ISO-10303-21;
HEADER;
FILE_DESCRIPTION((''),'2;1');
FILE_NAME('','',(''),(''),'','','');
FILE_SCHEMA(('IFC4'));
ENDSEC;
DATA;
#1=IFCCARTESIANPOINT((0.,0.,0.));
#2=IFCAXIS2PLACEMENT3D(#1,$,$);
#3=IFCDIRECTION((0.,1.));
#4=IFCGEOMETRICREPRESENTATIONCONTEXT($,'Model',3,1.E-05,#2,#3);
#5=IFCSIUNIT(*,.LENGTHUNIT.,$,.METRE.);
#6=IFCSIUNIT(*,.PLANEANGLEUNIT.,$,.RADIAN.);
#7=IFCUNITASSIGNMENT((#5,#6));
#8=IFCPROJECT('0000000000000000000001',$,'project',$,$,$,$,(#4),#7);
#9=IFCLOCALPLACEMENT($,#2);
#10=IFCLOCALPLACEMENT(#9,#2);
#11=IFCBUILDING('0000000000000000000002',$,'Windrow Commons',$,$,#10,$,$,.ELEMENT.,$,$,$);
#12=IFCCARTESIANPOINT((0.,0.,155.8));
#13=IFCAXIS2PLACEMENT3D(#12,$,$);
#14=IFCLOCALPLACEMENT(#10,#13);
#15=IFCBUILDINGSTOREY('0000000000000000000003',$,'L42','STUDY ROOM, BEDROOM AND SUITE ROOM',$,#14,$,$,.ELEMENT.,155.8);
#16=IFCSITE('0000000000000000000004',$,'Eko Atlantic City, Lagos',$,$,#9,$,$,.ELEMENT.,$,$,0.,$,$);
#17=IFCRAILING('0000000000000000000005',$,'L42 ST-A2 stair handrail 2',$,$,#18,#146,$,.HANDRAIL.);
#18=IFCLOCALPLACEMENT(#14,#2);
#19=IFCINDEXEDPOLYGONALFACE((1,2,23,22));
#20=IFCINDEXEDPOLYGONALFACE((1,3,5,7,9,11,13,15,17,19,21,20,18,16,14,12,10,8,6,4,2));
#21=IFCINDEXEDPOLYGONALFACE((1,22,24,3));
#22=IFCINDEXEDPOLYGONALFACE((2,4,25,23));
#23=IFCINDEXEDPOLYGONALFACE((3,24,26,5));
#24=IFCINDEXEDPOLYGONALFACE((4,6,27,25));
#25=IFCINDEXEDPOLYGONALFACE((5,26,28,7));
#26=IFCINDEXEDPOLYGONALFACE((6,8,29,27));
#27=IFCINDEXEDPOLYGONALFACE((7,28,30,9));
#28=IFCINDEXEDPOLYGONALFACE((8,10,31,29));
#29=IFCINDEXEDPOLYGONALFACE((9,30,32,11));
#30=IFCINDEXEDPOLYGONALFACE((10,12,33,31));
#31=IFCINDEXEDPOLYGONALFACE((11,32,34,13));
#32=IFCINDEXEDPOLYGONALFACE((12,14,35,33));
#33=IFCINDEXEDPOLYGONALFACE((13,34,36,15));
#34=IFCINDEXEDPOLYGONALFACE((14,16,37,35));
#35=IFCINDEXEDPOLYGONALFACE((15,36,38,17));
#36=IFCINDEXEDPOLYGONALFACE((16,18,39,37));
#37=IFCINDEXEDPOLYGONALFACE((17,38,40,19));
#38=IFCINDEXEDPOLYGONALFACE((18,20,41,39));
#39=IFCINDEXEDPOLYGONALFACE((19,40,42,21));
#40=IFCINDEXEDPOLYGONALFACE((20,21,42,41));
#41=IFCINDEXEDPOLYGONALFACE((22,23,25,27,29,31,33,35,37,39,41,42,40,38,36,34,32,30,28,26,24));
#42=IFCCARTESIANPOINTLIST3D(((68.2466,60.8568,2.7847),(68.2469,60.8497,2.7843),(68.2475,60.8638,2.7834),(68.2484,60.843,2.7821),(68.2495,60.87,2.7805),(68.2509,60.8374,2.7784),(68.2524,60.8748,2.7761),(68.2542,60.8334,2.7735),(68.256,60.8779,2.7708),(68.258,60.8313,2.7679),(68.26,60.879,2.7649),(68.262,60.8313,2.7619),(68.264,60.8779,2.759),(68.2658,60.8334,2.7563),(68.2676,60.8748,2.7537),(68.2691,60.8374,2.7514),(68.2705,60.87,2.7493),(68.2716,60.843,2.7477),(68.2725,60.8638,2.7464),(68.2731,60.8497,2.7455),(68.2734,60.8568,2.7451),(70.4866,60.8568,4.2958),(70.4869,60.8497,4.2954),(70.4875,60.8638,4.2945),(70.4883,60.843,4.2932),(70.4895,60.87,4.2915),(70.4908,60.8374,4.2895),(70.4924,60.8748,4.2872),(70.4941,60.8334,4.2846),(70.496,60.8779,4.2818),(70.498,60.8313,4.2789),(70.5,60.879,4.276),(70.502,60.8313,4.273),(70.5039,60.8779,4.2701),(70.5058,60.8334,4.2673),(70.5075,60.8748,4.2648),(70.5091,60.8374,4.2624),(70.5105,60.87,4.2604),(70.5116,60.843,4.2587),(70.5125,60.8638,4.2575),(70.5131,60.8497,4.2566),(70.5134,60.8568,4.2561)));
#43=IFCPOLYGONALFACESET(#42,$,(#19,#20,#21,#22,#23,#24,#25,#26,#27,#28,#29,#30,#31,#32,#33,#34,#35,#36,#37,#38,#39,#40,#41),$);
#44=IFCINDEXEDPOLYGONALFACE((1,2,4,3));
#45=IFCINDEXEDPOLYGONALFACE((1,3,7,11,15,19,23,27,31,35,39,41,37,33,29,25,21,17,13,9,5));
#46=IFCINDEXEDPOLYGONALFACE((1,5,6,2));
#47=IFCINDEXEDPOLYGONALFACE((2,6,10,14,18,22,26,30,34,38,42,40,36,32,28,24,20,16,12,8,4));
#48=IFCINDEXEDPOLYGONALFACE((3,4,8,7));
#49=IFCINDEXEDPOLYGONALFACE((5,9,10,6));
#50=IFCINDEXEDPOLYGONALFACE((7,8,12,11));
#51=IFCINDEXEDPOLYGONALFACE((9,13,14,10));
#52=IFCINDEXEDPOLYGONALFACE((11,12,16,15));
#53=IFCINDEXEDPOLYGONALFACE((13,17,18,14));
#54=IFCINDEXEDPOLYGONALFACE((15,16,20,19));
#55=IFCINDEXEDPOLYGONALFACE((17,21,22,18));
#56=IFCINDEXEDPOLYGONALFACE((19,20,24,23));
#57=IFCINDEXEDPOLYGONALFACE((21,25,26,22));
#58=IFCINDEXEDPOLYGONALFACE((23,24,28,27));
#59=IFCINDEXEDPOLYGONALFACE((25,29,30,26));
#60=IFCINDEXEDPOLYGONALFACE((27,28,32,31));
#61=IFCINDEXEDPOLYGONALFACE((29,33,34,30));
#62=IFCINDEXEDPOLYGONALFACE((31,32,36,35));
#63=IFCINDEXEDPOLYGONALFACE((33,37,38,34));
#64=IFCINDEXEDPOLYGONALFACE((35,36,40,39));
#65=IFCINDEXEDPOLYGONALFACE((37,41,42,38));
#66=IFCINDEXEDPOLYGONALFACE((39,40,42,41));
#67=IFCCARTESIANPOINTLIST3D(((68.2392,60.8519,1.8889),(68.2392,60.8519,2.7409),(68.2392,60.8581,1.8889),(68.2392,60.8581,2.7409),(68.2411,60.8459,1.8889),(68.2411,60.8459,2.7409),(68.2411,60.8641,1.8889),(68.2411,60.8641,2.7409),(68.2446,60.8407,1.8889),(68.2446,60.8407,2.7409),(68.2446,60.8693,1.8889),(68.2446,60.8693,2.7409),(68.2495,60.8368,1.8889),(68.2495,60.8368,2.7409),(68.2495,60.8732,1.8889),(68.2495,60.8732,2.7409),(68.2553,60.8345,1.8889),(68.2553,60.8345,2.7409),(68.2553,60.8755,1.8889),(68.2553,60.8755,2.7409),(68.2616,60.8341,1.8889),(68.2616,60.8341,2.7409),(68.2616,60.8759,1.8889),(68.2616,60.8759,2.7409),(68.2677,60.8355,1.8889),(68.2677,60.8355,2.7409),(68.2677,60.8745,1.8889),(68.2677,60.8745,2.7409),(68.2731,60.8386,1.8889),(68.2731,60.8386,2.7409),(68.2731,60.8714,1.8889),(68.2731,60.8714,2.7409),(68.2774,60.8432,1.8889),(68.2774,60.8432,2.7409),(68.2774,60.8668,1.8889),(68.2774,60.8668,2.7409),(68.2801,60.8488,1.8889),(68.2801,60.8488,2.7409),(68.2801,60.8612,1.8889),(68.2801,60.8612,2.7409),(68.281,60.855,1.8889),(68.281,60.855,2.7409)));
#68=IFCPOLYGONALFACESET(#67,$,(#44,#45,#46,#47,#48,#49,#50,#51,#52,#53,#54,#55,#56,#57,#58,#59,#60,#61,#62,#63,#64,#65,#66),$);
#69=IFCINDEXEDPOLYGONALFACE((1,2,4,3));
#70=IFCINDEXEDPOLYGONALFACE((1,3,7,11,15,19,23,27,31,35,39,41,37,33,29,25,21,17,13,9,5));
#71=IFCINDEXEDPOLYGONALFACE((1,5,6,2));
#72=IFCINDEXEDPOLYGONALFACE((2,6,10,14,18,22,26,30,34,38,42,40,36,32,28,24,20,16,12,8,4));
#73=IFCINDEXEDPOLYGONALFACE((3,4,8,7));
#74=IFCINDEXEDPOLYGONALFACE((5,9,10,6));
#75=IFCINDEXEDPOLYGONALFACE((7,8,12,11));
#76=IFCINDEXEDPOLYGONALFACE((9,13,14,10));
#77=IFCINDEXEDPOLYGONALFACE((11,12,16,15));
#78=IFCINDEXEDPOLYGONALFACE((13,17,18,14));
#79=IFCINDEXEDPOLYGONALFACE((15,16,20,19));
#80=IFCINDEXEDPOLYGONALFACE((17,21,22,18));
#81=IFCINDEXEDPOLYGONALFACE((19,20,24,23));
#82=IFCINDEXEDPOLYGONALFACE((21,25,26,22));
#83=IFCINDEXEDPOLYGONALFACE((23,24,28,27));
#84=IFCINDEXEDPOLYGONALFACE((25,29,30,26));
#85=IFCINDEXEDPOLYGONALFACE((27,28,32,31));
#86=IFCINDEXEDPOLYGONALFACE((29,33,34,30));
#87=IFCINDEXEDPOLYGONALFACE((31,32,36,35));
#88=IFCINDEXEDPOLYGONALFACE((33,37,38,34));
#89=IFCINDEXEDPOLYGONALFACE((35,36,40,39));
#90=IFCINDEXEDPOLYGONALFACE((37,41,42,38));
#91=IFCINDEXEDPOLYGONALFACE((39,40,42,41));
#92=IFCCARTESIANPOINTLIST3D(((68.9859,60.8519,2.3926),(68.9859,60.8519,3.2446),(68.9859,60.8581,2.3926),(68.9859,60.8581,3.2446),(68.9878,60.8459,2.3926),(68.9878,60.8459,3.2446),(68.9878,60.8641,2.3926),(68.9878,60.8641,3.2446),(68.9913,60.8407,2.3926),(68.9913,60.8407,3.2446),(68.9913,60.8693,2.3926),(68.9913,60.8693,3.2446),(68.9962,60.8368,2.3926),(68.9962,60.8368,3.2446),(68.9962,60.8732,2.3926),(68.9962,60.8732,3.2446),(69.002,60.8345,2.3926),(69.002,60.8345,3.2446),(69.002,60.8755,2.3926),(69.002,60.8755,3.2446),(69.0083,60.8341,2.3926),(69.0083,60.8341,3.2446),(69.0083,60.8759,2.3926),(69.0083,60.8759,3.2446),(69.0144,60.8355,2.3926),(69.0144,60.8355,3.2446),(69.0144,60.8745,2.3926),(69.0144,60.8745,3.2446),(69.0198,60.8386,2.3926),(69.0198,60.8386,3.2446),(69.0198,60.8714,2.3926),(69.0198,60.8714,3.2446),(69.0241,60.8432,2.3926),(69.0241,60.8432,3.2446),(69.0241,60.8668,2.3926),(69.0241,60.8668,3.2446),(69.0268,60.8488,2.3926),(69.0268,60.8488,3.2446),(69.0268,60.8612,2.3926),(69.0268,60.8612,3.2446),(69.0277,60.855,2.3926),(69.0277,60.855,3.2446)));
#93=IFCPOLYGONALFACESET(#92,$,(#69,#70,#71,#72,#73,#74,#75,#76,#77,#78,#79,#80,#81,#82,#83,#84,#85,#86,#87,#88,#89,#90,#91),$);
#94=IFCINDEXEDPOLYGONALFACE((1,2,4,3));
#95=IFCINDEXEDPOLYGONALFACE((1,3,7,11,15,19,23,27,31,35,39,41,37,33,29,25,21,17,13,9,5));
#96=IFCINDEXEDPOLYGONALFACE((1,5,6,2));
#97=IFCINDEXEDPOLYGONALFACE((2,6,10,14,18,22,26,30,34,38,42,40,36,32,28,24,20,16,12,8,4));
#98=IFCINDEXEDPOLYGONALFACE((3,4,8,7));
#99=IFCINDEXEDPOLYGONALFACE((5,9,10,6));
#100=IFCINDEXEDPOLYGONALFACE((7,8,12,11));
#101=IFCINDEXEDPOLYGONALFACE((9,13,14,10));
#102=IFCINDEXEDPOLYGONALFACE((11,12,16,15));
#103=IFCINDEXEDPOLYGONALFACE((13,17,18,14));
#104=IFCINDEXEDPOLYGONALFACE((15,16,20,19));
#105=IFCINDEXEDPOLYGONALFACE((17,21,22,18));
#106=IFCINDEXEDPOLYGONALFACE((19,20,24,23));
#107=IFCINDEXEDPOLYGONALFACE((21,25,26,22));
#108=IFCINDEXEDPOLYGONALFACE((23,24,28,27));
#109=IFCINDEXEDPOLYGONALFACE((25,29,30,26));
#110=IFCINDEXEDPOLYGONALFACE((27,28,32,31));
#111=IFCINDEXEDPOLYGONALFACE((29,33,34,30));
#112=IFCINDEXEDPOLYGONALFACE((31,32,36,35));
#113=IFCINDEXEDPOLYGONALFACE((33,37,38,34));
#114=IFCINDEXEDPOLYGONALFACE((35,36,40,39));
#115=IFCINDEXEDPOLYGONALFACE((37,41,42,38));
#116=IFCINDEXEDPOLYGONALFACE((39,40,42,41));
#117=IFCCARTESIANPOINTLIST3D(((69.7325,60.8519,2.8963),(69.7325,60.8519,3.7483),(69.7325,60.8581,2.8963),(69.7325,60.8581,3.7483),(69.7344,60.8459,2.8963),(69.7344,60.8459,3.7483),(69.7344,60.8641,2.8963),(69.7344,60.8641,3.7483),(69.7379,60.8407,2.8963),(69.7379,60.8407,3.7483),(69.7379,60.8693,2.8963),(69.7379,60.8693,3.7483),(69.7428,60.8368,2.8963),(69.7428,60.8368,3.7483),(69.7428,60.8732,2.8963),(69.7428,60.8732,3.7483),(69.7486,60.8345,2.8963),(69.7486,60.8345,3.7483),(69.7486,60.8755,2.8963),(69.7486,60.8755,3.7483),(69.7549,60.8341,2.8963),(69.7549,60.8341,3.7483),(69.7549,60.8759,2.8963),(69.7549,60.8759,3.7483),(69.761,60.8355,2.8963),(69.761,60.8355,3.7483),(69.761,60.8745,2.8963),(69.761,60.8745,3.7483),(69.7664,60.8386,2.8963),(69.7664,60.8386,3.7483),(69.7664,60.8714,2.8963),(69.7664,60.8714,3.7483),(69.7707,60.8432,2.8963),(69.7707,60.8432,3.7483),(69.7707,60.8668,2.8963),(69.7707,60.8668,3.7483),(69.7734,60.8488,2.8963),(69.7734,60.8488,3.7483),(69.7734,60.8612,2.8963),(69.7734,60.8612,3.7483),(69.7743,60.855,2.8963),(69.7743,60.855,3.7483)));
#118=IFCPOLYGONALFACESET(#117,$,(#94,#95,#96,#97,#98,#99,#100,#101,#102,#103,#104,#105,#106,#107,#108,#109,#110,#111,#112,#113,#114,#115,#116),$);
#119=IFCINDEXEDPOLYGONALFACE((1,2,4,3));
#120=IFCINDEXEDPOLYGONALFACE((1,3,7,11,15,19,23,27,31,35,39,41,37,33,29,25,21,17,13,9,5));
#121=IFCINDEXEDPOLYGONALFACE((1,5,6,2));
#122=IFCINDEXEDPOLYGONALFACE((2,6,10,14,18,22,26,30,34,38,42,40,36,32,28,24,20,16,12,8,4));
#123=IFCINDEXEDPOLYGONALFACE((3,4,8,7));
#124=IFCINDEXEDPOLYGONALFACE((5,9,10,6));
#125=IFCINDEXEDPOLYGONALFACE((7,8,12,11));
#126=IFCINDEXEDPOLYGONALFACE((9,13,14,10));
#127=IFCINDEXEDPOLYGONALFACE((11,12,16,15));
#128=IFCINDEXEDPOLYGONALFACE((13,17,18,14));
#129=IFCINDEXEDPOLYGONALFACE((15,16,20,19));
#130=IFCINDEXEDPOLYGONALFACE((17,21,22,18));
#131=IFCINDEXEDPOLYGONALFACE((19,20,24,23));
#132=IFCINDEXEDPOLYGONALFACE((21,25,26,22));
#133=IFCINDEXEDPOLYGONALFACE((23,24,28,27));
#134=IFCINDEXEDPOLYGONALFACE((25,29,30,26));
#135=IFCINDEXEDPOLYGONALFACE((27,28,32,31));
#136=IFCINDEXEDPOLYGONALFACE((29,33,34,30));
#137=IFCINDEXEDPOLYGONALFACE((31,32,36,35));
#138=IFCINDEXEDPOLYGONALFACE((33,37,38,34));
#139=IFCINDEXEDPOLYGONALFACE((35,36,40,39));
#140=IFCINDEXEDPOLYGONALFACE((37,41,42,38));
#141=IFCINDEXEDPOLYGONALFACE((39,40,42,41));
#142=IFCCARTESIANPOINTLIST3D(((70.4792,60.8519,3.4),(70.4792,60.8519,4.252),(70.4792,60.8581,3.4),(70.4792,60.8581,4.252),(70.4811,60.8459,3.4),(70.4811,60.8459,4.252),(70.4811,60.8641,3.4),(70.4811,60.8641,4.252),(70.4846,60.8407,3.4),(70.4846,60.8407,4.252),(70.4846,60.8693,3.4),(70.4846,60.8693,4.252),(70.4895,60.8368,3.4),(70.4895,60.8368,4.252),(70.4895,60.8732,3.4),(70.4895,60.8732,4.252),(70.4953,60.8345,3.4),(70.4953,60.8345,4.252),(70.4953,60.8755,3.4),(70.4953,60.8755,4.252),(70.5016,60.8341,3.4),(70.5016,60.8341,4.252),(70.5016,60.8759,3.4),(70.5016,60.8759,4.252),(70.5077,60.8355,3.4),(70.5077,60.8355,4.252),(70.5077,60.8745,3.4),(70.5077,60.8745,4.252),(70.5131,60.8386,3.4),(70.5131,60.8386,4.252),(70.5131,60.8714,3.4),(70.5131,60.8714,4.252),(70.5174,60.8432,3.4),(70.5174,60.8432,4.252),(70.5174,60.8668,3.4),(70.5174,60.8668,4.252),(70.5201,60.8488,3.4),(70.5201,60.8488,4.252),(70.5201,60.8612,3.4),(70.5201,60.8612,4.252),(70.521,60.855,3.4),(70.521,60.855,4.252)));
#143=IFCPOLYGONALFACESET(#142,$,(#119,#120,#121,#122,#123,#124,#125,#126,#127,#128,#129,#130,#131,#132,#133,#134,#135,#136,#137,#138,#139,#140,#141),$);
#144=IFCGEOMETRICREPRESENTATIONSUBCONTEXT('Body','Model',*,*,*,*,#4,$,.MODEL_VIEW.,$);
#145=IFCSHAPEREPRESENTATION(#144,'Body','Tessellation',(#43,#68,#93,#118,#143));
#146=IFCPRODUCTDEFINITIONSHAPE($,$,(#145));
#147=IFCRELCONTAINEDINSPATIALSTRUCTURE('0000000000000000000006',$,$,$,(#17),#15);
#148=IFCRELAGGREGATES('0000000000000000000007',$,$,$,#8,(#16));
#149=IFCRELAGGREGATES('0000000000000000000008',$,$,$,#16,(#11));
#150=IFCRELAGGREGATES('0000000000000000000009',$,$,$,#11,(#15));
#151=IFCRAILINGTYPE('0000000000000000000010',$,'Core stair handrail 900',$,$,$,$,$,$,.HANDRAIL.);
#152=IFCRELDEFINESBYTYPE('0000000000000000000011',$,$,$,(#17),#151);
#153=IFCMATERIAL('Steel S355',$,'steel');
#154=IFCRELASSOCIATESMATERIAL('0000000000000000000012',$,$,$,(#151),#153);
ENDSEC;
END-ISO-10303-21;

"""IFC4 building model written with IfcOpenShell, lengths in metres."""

from ifc_helpers import new_model, si_unit, direction, frame, origin, origin_2d, place, context, subcontext, project, spatial, circle, extrude, material, type_object, element, save


model = new_model("IFC4")

# Units and contexts
model_context = context("Model", 3, precision=1e-05, world=origin(), true_north=direction((0.0, 1.0)))
body_context = subcontext(model_context, "Body", "Model", "MODEL_VIEW")
ifc_project = project(units=[si_unit("LENGTHUNIT", "METRE"), si_unit("PLANEANGLEUNIT", "RADIAN")], contexts=[model_context])

# Site, building, storey
site_placement = place(None, origin())
site = spatial("IfcSite", under=ifc_project, at=site_placement, Name="Eko Atlantic City, Lagos", CompositionType="ELEMENT", RefElevation=0.0)
building_placement = place(site_placement, origin())
building = spatial("IfcBuilding", under=site, at=building_placement, Name="Windrow Commons", CompositionType="ELEMENT")
storey_placement = place(building_placement, frame((0.0, 0.0, 155.8)))
storey = spatial("IfcBuildingStorey", under=building, at=storey_placement, Name="L42", Description="STUDY ROOM, BEDROOM AND SUITE ROOM", CompositionType="ELEMENT", Elevation=155.8)

# Railing
ifc_material_1 = material(Name="Steel S355", Category="steel")
railing_type_1 = type_object("IfcRailingType", Name="Core stair handrail 900", PredefinedType="HANDRAIL", material=ifc_material_1)
railing_1_placement = place(storey_placement, frame((68.26, 60.855, 1.8889)))
element("IfcRailing", 1, at=railing_1_placement, inside=storey, type_object=railing_type_1, Name="L42 ST-A2 stair handrail 2", PredefinedType="HANDRAIL", context=body_context, shape_type="SweptSolid", body=[
    extrude(circle(Radius=0.024, at=origin_2d()), frame((0.0, 0.0, 0.876), z_axis=(0.829003, 0.0, 0.559244), x_axis=(0.0, 1.0, 0.0)), (0.0, 0.0, 1.0), 2.702),
    extrude(circle(Radius=0.021, at=origin_2d()), origin(), (0.0, 0.0, 1.0), 0.852),
    extrude(circle(Radius=0.021, at=origin_2d()), frame((0.7467, 0.0, 0.5037)), (0.0, 0.0, 1.0), 0.852),
    extrude(circle(Radius=0.021, at=origin_2d()), frame((1.4933, 0.0, 1.0074)), (0.0, 0.0, 1.0), 0.852),
    extrude(circle(Radius=0.021, at=origin_2d()), frame((2.24, 0.0, 1.5111)), (0.0, 0.0, 1.0), 0.852),
])

save(model, "model.ifc")
